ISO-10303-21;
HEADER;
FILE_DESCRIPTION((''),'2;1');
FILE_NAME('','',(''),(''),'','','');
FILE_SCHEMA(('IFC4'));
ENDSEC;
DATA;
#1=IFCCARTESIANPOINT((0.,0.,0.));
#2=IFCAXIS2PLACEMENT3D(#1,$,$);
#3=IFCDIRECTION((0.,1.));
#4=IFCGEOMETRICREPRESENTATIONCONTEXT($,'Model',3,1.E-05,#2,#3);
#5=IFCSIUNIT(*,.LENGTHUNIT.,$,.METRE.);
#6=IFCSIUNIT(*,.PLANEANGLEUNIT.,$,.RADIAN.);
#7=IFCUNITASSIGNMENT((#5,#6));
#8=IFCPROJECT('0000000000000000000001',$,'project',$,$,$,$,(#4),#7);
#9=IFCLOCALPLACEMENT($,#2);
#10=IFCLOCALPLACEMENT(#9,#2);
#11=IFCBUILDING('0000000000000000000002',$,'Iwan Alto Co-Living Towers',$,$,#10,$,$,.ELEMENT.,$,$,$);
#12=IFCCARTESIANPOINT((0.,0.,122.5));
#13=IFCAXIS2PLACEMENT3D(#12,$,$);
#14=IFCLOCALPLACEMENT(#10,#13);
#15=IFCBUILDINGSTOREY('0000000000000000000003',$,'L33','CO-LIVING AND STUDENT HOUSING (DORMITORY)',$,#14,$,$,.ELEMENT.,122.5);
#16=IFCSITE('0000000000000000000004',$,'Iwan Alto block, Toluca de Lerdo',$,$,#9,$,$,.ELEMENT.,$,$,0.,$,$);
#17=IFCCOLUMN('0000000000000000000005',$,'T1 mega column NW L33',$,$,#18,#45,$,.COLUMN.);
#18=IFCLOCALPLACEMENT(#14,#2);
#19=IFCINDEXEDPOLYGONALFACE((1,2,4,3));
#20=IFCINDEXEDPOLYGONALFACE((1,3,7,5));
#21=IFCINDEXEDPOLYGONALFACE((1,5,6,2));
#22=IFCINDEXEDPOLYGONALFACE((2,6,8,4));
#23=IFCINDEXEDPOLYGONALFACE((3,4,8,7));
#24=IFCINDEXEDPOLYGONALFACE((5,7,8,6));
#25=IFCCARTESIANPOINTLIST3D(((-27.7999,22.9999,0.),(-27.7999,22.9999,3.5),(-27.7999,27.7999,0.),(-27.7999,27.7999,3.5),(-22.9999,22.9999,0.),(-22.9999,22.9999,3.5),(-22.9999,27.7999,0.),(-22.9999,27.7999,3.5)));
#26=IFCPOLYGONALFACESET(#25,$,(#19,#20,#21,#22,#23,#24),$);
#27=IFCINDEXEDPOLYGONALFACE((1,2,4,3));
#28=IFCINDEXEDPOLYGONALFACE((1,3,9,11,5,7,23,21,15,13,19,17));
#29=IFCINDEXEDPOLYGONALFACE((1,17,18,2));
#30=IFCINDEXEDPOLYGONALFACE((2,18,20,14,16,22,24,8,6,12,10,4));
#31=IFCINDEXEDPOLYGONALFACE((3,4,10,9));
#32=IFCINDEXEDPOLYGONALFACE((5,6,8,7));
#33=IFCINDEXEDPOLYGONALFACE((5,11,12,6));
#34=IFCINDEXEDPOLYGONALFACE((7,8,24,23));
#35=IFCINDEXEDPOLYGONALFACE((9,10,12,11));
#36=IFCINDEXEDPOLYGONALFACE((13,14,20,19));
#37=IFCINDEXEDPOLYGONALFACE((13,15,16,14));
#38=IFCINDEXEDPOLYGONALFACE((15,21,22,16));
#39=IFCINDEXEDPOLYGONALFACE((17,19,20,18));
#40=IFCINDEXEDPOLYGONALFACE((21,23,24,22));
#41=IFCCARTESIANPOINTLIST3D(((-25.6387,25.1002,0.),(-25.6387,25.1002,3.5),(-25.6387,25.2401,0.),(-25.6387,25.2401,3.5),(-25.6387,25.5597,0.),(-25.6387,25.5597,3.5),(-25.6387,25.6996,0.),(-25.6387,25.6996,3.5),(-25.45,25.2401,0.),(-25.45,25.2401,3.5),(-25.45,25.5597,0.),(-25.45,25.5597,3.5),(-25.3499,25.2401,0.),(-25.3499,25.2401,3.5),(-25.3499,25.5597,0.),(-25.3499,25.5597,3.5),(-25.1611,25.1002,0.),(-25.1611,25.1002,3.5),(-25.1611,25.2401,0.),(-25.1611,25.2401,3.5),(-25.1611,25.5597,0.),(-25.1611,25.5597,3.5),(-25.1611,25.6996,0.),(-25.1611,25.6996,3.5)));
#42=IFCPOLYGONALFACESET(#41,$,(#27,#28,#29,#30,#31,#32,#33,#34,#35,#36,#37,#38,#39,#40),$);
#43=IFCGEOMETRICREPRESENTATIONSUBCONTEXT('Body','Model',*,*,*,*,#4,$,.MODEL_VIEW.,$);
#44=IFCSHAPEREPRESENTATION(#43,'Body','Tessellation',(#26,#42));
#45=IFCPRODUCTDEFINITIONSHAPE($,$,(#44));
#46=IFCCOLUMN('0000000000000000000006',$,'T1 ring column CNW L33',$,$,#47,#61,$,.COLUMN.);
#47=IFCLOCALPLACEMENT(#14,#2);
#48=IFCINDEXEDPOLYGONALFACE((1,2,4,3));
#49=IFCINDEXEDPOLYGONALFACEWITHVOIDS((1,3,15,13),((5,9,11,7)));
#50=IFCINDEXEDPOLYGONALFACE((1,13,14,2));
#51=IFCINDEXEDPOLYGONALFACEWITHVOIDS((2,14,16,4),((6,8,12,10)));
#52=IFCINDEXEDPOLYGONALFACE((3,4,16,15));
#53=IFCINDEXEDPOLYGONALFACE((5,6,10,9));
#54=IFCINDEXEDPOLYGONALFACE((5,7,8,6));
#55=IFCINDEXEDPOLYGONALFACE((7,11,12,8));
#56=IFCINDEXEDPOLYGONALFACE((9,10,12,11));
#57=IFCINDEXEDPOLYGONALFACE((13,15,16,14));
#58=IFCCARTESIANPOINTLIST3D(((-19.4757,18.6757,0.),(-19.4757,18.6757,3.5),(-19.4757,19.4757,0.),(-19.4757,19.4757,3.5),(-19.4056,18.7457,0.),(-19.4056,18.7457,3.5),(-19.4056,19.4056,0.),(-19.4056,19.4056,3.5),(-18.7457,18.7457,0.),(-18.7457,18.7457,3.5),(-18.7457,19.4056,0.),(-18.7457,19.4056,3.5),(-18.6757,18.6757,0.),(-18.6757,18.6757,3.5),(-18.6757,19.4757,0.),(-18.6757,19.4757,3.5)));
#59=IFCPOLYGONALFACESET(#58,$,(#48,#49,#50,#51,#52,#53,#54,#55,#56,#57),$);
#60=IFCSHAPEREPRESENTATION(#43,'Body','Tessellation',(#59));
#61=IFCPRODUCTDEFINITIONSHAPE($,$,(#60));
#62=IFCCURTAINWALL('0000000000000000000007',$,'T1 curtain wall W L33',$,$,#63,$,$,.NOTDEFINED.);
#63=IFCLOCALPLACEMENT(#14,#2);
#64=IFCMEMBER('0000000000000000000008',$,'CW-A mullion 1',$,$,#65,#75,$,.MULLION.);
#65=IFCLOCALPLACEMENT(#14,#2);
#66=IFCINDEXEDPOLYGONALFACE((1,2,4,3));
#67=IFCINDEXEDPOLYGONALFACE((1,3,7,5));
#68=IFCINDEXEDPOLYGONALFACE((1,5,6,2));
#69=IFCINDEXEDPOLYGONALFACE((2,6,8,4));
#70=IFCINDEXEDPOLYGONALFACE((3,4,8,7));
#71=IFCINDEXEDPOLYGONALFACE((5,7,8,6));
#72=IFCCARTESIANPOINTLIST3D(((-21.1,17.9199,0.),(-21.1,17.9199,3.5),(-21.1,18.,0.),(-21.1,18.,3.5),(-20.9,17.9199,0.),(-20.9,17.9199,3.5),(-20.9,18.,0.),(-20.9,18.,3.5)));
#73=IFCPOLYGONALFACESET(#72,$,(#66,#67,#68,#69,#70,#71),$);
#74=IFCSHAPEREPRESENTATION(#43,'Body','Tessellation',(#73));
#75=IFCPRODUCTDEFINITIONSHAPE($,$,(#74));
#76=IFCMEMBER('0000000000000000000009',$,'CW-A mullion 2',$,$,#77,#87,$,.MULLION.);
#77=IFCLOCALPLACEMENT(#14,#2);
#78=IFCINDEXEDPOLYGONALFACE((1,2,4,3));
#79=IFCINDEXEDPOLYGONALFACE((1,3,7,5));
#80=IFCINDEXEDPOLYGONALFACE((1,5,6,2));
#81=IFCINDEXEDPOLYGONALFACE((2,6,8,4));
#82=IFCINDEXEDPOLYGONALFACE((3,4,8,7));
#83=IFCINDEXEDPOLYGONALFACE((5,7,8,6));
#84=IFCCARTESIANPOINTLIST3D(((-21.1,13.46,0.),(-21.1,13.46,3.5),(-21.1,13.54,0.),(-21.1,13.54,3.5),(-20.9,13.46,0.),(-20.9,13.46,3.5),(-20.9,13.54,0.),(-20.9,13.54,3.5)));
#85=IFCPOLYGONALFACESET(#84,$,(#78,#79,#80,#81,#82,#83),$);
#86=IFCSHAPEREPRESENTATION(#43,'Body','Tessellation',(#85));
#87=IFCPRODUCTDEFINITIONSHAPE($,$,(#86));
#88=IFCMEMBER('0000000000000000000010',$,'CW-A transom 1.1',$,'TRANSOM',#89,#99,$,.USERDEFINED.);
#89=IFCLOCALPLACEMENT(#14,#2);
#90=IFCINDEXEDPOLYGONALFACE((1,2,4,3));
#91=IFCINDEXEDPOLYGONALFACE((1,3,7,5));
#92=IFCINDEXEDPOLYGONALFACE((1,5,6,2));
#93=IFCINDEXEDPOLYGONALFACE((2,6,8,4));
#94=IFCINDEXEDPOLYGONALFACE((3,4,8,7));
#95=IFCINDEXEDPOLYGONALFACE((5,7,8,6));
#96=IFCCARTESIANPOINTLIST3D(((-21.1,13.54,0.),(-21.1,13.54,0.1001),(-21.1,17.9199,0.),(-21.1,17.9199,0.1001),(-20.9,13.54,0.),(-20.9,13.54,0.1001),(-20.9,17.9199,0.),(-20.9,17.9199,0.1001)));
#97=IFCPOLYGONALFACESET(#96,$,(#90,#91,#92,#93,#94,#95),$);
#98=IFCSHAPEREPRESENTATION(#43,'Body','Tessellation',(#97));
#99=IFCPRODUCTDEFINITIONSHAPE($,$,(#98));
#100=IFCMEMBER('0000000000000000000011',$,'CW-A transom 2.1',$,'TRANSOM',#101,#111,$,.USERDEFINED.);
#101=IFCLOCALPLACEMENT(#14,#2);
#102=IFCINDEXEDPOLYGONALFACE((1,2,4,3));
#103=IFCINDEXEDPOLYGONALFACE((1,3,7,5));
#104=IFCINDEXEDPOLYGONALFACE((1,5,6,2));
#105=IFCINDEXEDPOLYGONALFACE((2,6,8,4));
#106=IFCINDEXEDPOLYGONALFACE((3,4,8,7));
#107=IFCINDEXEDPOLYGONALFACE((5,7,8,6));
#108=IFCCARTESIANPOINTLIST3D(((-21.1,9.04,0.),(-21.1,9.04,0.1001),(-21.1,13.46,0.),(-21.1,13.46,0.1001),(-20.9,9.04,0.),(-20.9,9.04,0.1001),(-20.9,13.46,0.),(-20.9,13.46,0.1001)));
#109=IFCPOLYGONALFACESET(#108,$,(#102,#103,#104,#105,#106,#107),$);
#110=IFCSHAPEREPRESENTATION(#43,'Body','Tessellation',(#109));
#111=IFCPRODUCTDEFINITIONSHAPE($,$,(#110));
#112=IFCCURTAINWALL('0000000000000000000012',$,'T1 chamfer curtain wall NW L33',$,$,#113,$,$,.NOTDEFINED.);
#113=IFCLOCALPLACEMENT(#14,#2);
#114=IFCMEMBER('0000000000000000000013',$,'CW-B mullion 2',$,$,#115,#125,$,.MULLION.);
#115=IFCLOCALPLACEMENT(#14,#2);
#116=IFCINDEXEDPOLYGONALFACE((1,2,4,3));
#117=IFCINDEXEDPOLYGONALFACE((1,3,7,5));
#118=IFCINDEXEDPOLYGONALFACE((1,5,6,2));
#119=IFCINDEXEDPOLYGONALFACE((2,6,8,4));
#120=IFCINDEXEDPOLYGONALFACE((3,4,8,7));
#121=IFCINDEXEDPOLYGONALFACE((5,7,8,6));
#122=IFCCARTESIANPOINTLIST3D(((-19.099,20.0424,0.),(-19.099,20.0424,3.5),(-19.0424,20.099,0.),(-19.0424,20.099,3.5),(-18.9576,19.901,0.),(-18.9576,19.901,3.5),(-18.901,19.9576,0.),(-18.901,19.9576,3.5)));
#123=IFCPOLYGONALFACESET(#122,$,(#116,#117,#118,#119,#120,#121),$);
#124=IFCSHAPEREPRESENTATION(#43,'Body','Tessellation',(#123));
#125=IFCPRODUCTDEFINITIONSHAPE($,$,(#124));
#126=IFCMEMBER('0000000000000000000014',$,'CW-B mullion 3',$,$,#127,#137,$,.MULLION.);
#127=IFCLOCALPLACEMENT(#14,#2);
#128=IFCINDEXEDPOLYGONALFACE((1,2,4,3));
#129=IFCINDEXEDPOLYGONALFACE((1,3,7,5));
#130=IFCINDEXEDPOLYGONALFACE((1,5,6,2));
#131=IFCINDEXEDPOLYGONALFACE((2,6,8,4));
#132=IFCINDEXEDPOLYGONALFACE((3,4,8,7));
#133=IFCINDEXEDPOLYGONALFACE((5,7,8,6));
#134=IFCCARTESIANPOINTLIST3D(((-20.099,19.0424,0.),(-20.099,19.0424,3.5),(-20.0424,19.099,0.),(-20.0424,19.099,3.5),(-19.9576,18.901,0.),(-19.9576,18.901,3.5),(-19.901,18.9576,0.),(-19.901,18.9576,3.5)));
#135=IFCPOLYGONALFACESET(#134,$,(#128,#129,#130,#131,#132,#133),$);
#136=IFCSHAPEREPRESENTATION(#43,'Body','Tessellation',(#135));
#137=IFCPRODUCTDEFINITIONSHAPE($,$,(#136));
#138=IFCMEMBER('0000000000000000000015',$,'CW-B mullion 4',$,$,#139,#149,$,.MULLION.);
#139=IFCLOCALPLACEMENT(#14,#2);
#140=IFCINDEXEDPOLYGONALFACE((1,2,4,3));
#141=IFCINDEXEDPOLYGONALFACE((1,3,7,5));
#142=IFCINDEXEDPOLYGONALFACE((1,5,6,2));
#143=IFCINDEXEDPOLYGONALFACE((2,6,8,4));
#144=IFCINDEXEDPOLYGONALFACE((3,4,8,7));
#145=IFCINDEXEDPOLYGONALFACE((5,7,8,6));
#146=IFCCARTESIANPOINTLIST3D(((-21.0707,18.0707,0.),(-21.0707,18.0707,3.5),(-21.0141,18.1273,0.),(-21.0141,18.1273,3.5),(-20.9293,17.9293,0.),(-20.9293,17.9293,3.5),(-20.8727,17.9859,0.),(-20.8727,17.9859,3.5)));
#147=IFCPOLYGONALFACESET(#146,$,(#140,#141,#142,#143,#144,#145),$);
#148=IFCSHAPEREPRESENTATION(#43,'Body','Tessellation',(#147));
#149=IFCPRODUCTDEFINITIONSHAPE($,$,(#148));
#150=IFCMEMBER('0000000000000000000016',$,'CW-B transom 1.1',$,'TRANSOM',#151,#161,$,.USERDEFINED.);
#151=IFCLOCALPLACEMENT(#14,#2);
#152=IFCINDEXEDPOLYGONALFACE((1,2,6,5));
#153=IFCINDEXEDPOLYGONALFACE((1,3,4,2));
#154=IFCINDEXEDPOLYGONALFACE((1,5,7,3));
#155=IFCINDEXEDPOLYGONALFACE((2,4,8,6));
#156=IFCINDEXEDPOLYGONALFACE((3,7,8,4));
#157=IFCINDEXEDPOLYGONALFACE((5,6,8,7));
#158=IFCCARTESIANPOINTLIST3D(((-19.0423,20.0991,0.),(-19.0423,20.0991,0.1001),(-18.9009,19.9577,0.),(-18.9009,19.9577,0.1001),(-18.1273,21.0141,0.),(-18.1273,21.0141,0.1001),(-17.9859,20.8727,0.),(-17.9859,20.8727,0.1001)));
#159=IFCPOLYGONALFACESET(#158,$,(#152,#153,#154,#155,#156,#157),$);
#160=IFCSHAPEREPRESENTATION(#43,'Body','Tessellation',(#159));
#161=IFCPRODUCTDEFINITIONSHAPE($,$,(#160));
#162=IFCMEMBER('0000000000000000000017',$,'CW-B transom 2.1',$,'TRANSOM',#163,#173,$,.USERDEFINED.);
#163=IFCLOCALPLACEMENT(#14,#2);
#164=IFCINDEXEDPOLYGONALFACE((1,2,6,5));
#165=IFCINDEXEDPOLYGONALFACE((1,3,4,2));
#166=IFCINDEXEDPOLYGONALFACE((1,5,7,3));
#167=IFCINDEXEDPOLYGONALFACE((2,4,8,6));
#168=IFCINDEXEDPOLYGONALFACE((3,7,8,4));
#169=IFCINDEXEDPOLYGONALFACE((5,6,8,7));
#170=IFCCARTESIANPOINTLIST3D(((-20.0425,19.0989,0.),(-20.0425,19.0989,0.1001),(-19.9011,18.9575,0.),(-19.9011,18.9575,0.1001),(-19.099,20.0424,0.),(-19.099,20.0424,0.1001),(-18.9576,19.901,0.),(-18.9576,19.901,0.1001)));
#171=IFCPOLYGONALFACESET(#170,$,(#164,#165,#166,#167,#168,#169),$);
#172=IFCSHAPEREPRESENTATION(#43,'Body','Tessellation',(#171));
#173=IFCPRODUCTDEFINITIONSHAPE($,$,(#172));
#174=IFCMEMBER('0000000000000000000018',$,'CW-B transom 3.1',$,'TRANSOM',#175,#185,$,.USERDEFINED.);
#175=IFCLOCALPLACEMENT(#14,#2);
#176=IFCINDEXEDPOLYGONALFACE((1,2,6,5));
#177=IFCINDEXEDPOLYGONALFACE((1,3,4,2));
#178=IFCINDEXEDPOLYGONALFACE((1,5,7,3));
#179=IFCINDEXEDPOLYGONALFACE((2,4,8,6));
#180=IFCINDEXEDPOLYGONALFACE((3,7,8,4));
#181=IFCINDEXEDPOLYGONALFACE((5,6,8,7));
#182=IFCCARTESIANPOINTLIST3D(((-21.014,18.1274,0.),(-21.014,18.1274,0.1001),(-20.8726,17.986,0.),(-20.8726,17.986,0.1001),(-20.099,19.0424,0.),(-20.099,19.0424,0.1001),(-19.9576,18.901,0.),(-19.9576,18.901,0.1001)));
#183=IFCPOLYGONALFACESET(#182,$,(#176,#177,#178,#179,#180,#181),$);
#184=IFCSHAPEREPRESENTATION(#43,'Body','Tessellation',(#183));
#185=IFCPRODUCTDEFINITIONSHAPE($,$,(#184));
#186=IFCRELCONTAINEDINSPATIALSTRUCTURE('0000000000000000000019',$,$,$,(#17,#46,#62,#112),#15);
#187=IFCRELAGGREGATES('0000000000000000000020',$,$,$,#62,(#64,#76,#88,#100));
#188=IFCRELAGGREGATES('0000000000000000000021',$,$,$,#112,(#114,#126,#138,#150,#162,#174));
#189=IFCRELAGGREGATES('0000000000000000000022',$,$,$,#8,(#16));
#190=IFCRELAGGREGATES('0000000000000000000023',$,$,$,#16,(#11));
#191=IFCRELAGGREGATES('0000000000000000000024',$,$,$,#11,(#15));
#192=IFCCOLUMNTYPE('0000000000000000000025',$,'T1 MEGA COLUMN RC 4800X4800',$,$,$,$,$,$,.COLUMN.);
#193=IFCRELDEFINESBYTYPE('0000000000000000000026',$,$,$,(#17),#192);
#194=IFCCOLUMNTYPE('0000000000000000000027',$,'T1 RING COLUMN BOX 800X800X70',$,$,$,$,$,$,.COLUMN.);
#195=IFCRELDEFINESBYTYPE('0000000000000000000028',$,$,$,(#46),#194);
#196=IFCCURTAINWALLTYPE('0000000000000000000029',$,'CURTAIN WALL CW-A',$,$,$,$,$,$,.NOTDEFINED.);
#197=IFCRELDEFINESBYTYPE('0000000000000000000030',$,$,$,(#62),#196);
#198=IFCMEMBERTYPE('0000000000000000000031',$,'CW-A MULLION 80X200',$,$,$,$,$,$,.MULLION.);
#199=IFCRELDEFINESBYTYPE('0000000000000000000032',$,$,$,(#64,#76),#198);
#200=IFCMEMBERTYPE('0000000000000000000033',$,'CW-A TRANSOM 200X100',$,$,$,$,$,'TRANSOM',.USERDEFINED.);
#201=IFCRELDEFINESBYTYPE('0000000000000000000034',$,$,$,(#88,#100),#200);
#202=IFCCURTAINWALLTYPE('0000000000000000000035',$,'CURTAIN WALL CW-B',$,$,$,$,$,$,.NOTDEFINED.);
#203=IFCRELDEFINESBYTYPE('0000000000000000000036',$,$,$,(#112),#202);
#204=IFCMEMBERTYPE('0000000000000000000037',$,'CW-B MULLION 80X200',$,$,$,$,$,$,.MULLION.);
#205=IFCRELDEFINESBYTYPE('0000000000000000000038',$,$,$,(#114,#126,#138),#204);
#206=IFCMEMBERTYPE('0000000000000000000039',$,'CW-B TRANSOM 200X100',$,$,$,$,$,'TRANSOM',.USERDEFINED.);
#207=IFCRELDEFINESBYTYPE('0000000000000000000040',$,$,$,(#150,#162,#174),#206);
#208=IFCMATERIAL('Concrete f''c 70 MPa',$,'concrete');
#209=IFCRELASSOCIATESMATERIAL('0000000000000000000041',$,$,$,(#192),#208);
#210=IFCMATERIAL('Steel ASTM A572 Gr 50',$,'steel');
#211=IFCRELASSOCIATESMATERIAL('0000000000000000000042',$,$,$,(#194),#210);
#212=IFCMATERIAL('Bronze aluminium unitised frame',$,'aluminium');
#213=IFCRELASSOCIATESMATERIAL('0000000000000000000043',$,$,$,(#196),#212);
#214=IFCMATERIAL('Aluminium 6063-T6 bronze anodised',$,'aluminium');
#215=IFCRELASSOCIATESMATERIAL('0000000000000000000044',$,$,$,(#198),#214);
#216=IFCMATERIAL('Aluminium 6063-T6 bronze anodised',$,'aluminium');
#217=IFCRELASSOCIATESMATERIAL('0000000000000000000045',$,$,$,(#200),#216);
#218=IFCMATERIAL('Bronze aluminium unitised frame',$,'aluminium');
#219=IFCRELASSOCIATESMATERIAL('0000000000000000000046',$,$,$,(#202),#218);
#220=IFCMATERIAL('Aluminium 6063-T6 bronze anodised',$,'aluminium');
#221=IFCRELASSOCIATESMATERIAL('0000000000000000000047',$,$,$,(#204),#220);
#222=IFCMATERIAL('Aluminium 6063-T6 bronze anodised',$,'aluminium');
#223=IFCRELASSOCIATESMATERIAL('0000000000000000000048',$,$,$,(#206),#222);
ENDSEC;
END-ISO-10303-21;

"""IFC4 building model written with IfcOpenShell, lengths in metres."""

from ifc_helpers import new_model, si_unit, direction, frame, origin, origin_2d, place, context, subcontext, project, spatial, rectangle, hollow_rectangle, i_section, extrude, material, material_profile, profile_set, type_object, element, aggregate, save


model = new_model("IFC4")

# Units and contexts
model_context = context("Model", 3, precision=1e-05, world=origin(), true_north=direction((0.0, 1.0)))
body_context = subcontext(model_context, "Body", "Model", "MODEL_VIEW")
ifc_project = project(units=[si_unit("LENGTHUNIT", "METRE"), si_unit("PLANEANGLEUNIT", "RADIAN")], contexts=[model_context])

# Site, building, storey
site_placement = place(None, origin())
site = spatial("IfcSite", under=ifc_project, at=site_placement, Name="Iwan Alto block, Toluca de Lerdo", CompositionType="ELEMENT", RefElevation=0.0)
building_placement = place(site_placement, origin())
building = spatial("IfcBuilding", under=site, at=building_placement, Name="Iwan Alto Co-Living Towers", CompositionType="ELEMENT")
storey_placement = place(building_placement, frame((0.0, 0.0, 122.5)))
storey = spatial("IfcBuildingStorey", under=building, at=storey_placement, Name="L33", Description="CO-LIVING AND STUDENT HOUSING (DORMITORY)", CompositionType="ELEMENT", Elevation=122.5)

# Columns
ifc_material_1 = material(Name="Concrete f'c 70 MPa", Category="concrete")
ifc_material_profile_1 = material_profile(ifc_material_1, rectangle(XDim=4.8, YDim=4.8, at=origin_2d()), Name="RC 4800X4800")
ifc_profile_set_1 = profile_set([ifc_material_profile_1], Name="Concrete f'c 70 MPa")
column_type_1 = type_object("IfcColumnType", Name="T1 MEGA COLUMN RC 4800X4800", PredefinedType="COLUMN", material=ifc_profile_set_1)
column_1_placement = place(storey_placement, frame((-25.3999, 25.3999, 0.0), z_axis=(0.0, 0.0, 1.0), x_axis=(1.0, 0.0, 0.0)))
element("IfcColumn", 1, at=column_1_placement, inside=storey, type_object=column_type_1, Name="T1 mega column NW L33", PredefinedType="COLUMN", context=body_context, shape_type="SweptSolid", body=[
    extrude(rectangle(XDim=4.8, YDim=4.8, at=origin_2d()), origin(), (0.0, 0.0, 1.0), 3.5),
    extrude(i_section(OverallWidth=0.4775, OverallDepth=0.5994, WebThickness=0.1001, FlangeThickness=0.1399, at=origin_2d()), origin(), (0.0, 0.0, 1.0), 3.5),
])
ifc_material_2 = material(Name="Steel ASTM A572 Gr 50", Category="steel")
ifc_material_profile_2 = material_profile(ifc_material_2, hollow_rectangle(XDim=0.8, YDim=0.8, WallThickness=0.0701, at=origin_2d()), Name="BOX 800X800X70")
ifc_profile_set_2 = profile_set([ifc_material_profile_2], Name="Steel ASTM A572 Gr 50")
column_type_2 = type_object("IfcColumnType", Name="T1 RING COLUMN BOX 800X800X70", PredefinedType="COLUMN", material=ifc_profile_set_2)
column_2_placement = place(storey_placement, frame((-19.0757, 19.0757, 0.0), z_axis=(0.0, 0.0, 1.0), x_axis=(1.0, 0.0, 0.0)))
element("IfcColumn", 2, at=column_2_placement, inside=storey, type_object=column_type_2, Name="T1 ring column CNW L33", PredefinedType="COLUMN", context=body_context, shape_type="SweptSolid", body=[
    extrude(hollow_rectangle(XDim=0.8, YDim=0.8, WallThickness=0.0701, at=origin_2d()), origin(), (0.0, 0.0, 1.0), 3.5),
])

# Curtain walls, members
ifc_material_3 = material(Name="Bronze aluminium unitised frame", Category="aluminium")
curtain_wall_type_1 = type_object("IfcCurtainWallType", Name="CURTAIN WALL CW-A", PredefinedType="NOTDEFINED", material=ifc_material_3)
curtain_wall_1_placement = place(storey_placement, origin())
curtain_wall_1 = element("IfcCurtainWall", 3, at=curtain_wall_1_placement, inside=storey, type_object=curtain_wall_type_1, Name="T1 curtain wall W L33", PredefinedType="NOTDEFINED")
ifc_material_4 = material(Name="Aluminium 6063-T6 bronze anodised", Category="aluminium")
ifc_material_profile_3 = material_profile(ifc_material_4, rectangle(XDim=0.2, YDim=0.0801, at=origin_2d()), Name="AL 80X200")
ifc_profile_set_3 = profile_set([ifc_material_profile_3], Name="Aluminium 6063-T6 bronze anodised")
member_type_1 = type_object("IfcMemberType", Name="CW-A MULLION 80X200", PredefinedType="MULLION", material=ifc_profile_set_3)
member_1_placement = place(storey_placement, frame((-21.0, 17.96, 0.0), z_axis=(0.0, 0.0, 1.0), x_axis=(1.0, 0.0, 0.0)))
member_1 = element("IfcMember", 4, at=member_1_placement, type_object=member_type_1, Name="CW-A mullion 1", PredefinedType="MULLION", context=body_context, shape_type="SweptSolid", body=[
    extrude(rectangle(XDim=0.2, YDim=0.0801, at=origin_2d()), origin(), (0.0, 0.0, 1.0), 3.5),
])
member_2_placement = place(storey_placement, frame((-21.0, 13.5, 0.0), z_axis=(0.0, 0.0, 1.0), x_axis=(1.0, 0.0, 0.0)))
member_2 = element("IfcMember", 5, at=member_2_placement, type_object=member_type_1, Name="CW-A mullion 2", PredefinedType="MULLION", context=body_context, shape_type="SweptSolid", body=[
    extrude(rectangle(XDim=0.2, YDim=0.0801, at=origin_2d()), origin(), (0.0, 0.0, 1.0), 3.5),
])
ifc_material_5 = material(Name="Aluminium 6063-T6 bronze anodised", Category="aluminium")
ifc_material_profile_4 = material_profile(ifc_material_5, rectangle(XDim=0.2, YDim=0.1001, at=origin_2d()), Name="AL 200X100")
ifc_profile_set_4 = profile_set([ifc_material_profile_4], Name="Aluminium 6063-T6 bronze anodised")
member_type_2 = type_object("IfcMemberType", Name="CW-A TRANSOM 200X100", ElementType="TRANSOM", PredefinedType="USERDEFINED", material=ifc_profile_set_4)
member_3_placement = place(storey_placement, frame((-21.0, 17.9199, 0.05), z_axis=(0.0, -1.0, 0.0), x_axis=(1.0, 0.0, 0.0)))
member_3 = element("IfcMember", 6, at=member_3_placement, type_object=member_type_2, Name="CW-A transom 1.1", ObjectType="TRANSOM", PredefinedType="USERDEFINED", context=body_context, shape_type="SweptSolid", body=[
    extrude(rectangle(XDim=0.2, YDim=0.1001, at=origin_2d()), origin(), (0.0, 0.0, 1.0), 4.3799),
])
member_4_placement = place(storey_placement, frame((-21.0, 13.46, 0.05), z_axis=(0.0, -1.0, 0.0), x_axis=(1.0, 0.0, 0.0)))
member_4 = element("IfcMember", 7, at=member_4_placement, type_object=member_type_2, Name="CW-A transom 2.1", ObjectType="TRANSOM", PredefinedType="USERDEFINED", context=body_context, shape_type="SweptSolid", body=[
    extrude(rectangle(XDim=0.2, YDim=0.1001, at=origin_2d()), origin(), (0.0, 0.0, 1.0), 4.4199),
])
ifc_material_6 = material(Name="Bronze aluminium unitised frame", Category="aluminium")
curtain_wall_type_2 = type_object("IfcCurtainWallType", Name="CURTAIN WALL CW-B", PredefinedType="NOTDEFINED", material=ifc_material_6)
curtain_wall_2_placement = place(storey_placement, origin())
curtain_wall_2 = element("IfcCurtainWall", 8, at=curtain_wall_2_placement, inside=storey, type_object=curtain_wall_type_2, Name="T1 chamfer curtain wall NW L33", PredefinedType="NOTDEFINED")
ifc_material_7 = material(Name="Aluminium 6063-T6 bronze anodised", Category="aluminium")
ifc_material_profile_5 = material_profile(ifc_material_7, rectangle(XDim=0.2, YDim=0.0801, at=origin_2d()), Name="AL 80X200")
ifc_profile_set_5 = profile_set([ifc_material_profile_5], Name="Aluminium 6063-T6 bronze anodised")
member_type_3 = type_object("IfcMemberType", Name="CW-B MULLION 80X200", PredefinedType="MULLION", material=ifc_profile_set_5)
member_5_placement = place(storey_placement, frame((-19.0, 20.0, 0.0), z_axis=(0.0, 0.0, 1.0), x_axis=(0.707107, -0.707107, 0.0)))
member_5 = element("IfcMember", 9, at=member_5_placement, type_object=member_type_3, Name="CW-B mullion 2", PredefinedType="MULLION", context=body_context, shape_type="SweptSolid", body=[
    extrude(rectangle(XDim=0.2, YDim=0.0801, at=origin_2d()), origin(), (0.0, 0.0, 1.0), 3.5),
])
member_6_placement = place(storey_placement, frame((-20.0, 19.0, 0.0), z_axis=(0.0, 0.0, 1.0), x_axis=(0.707107, -0.707107, 0.0)))
member_6 = element("IfcMember", 10, at=member_6_placement, type_object=member_type_3, Name="CW-B mullion 3", PredefinedType="MULLION", context=body_context, shape_type="SweptSolid", body=[
    extrude(rectangle(XDim=0.2, YDim=0.0801, at=origin_2d()), origin(), (0.0, 0.0, 1.0), 3.5),
])
member_7_placement = place(storey_placement, frame((-20.9717, 18.0283, 0.0), z_axis=(0.0, 0.0, 1.0), x_axis=(0.707107, -0.707107, 0.0)))
member_7 = element("IfcMember", 11, at=member_7_placement, type_object=member_type_3, Name="CW-B mullion 4", PredefinedType="MULLION", context=body_context, shape_type="SweptSolid", body=[
    extrude(rectangle(XDim=0.2, YDim=0.0801, at=origin_2d()), origin(), (0.0, 0.0, 1.0), 3.5),
])
ifc_material_8 = material(Name="Aluminium 6063-T6 bronze anodised", Category="aluminium")
ifc_material_profile_6 = material_profile(ifc_material_8, rectangle(XDim=0.2, YDim=0.1001, at=origin_2d()), Name="AL 200X100")
ifc_profile_set_6 = profile_set([ifc_material_profile_6], Name="Aluminium 6063-T6 bronze anodised")
member_type_4 = type_object("IfcMemberType", Name="CW-B TRANSOM 200X100", ElementType="TRANSOM", PredefinedType="USERDEFINED", material=ifc_profile_set_6)
member_8_placement = place(storey_placement, frame((-18.0566, 20.9434, 0.05), z_axis=(-0.707107, -0.707107, 0.0), x_axis=(0.707107, -0.707107, 0.0)))
member_8 = element("IfcMember", 12, at=member_8_placement, type_object=member_type_4, Name="CW-B transom 1.1", ObjectType="TRANSOM", PredefinedType="USERDEFINED", context=body_context, shape_type="SweptSolid", body=[
    extrude(rectangle(XDim=0.2, YDim=0.1001, at=origin_2d()), origin(), (0.0, 0.0, 1.0), 1.2939),
])
member_9_placement = place(storey_placement, frame((-19.0283, 19.9717, 0.05), z_axis=(-0.707107, -0.707107, 0.0), x_axis=(0.707107, -0.707107, 0.0)))
member_9 = element("IfcMember", 13, at=member_9_placement, type_object=member_type_4, Name="CW-B transom 2.1", ObjectType="TRANSOM", PredefinedType="USERDEFINED", context=body_context, shape_type="SweptSolid", body=[
    extrude(rectangle(XDim=0.2, YDim=0.1001, at=origin_2d()), origin(), (0.0, 0.0, 1.0), 1.3342),
])
member_10_placement = place(storey_placement, frame((-20.0283, 18.9717, 0.05), z_axis=(-0.707107, -0.707107, 0.0), x_axis=(0.707107, -0.707107, 0.0)))
member_10 = element("IfcMember", 14, at=member_10_placement, type_object=member_type_4, Name="CW-B transom 3.1", ObjectType="TRANSOM", PredefinedType="USERDEFINED", context=body_context, shape_type="SweptSolid", body=[
    extrude(rectangle(XDim=0.2, YDim=0.1001, at=origin_2d()), origin(), (0.0, 0.0, 1.0), 1.2939),
])

aggregate(curtain_wall_1, [member_1, member_2, member_3, member_4])
aggregate(curtain_wall_2, [member_5, member_6, member_7, member_8, member_9, member_10])

save(model, "model.ifc")
